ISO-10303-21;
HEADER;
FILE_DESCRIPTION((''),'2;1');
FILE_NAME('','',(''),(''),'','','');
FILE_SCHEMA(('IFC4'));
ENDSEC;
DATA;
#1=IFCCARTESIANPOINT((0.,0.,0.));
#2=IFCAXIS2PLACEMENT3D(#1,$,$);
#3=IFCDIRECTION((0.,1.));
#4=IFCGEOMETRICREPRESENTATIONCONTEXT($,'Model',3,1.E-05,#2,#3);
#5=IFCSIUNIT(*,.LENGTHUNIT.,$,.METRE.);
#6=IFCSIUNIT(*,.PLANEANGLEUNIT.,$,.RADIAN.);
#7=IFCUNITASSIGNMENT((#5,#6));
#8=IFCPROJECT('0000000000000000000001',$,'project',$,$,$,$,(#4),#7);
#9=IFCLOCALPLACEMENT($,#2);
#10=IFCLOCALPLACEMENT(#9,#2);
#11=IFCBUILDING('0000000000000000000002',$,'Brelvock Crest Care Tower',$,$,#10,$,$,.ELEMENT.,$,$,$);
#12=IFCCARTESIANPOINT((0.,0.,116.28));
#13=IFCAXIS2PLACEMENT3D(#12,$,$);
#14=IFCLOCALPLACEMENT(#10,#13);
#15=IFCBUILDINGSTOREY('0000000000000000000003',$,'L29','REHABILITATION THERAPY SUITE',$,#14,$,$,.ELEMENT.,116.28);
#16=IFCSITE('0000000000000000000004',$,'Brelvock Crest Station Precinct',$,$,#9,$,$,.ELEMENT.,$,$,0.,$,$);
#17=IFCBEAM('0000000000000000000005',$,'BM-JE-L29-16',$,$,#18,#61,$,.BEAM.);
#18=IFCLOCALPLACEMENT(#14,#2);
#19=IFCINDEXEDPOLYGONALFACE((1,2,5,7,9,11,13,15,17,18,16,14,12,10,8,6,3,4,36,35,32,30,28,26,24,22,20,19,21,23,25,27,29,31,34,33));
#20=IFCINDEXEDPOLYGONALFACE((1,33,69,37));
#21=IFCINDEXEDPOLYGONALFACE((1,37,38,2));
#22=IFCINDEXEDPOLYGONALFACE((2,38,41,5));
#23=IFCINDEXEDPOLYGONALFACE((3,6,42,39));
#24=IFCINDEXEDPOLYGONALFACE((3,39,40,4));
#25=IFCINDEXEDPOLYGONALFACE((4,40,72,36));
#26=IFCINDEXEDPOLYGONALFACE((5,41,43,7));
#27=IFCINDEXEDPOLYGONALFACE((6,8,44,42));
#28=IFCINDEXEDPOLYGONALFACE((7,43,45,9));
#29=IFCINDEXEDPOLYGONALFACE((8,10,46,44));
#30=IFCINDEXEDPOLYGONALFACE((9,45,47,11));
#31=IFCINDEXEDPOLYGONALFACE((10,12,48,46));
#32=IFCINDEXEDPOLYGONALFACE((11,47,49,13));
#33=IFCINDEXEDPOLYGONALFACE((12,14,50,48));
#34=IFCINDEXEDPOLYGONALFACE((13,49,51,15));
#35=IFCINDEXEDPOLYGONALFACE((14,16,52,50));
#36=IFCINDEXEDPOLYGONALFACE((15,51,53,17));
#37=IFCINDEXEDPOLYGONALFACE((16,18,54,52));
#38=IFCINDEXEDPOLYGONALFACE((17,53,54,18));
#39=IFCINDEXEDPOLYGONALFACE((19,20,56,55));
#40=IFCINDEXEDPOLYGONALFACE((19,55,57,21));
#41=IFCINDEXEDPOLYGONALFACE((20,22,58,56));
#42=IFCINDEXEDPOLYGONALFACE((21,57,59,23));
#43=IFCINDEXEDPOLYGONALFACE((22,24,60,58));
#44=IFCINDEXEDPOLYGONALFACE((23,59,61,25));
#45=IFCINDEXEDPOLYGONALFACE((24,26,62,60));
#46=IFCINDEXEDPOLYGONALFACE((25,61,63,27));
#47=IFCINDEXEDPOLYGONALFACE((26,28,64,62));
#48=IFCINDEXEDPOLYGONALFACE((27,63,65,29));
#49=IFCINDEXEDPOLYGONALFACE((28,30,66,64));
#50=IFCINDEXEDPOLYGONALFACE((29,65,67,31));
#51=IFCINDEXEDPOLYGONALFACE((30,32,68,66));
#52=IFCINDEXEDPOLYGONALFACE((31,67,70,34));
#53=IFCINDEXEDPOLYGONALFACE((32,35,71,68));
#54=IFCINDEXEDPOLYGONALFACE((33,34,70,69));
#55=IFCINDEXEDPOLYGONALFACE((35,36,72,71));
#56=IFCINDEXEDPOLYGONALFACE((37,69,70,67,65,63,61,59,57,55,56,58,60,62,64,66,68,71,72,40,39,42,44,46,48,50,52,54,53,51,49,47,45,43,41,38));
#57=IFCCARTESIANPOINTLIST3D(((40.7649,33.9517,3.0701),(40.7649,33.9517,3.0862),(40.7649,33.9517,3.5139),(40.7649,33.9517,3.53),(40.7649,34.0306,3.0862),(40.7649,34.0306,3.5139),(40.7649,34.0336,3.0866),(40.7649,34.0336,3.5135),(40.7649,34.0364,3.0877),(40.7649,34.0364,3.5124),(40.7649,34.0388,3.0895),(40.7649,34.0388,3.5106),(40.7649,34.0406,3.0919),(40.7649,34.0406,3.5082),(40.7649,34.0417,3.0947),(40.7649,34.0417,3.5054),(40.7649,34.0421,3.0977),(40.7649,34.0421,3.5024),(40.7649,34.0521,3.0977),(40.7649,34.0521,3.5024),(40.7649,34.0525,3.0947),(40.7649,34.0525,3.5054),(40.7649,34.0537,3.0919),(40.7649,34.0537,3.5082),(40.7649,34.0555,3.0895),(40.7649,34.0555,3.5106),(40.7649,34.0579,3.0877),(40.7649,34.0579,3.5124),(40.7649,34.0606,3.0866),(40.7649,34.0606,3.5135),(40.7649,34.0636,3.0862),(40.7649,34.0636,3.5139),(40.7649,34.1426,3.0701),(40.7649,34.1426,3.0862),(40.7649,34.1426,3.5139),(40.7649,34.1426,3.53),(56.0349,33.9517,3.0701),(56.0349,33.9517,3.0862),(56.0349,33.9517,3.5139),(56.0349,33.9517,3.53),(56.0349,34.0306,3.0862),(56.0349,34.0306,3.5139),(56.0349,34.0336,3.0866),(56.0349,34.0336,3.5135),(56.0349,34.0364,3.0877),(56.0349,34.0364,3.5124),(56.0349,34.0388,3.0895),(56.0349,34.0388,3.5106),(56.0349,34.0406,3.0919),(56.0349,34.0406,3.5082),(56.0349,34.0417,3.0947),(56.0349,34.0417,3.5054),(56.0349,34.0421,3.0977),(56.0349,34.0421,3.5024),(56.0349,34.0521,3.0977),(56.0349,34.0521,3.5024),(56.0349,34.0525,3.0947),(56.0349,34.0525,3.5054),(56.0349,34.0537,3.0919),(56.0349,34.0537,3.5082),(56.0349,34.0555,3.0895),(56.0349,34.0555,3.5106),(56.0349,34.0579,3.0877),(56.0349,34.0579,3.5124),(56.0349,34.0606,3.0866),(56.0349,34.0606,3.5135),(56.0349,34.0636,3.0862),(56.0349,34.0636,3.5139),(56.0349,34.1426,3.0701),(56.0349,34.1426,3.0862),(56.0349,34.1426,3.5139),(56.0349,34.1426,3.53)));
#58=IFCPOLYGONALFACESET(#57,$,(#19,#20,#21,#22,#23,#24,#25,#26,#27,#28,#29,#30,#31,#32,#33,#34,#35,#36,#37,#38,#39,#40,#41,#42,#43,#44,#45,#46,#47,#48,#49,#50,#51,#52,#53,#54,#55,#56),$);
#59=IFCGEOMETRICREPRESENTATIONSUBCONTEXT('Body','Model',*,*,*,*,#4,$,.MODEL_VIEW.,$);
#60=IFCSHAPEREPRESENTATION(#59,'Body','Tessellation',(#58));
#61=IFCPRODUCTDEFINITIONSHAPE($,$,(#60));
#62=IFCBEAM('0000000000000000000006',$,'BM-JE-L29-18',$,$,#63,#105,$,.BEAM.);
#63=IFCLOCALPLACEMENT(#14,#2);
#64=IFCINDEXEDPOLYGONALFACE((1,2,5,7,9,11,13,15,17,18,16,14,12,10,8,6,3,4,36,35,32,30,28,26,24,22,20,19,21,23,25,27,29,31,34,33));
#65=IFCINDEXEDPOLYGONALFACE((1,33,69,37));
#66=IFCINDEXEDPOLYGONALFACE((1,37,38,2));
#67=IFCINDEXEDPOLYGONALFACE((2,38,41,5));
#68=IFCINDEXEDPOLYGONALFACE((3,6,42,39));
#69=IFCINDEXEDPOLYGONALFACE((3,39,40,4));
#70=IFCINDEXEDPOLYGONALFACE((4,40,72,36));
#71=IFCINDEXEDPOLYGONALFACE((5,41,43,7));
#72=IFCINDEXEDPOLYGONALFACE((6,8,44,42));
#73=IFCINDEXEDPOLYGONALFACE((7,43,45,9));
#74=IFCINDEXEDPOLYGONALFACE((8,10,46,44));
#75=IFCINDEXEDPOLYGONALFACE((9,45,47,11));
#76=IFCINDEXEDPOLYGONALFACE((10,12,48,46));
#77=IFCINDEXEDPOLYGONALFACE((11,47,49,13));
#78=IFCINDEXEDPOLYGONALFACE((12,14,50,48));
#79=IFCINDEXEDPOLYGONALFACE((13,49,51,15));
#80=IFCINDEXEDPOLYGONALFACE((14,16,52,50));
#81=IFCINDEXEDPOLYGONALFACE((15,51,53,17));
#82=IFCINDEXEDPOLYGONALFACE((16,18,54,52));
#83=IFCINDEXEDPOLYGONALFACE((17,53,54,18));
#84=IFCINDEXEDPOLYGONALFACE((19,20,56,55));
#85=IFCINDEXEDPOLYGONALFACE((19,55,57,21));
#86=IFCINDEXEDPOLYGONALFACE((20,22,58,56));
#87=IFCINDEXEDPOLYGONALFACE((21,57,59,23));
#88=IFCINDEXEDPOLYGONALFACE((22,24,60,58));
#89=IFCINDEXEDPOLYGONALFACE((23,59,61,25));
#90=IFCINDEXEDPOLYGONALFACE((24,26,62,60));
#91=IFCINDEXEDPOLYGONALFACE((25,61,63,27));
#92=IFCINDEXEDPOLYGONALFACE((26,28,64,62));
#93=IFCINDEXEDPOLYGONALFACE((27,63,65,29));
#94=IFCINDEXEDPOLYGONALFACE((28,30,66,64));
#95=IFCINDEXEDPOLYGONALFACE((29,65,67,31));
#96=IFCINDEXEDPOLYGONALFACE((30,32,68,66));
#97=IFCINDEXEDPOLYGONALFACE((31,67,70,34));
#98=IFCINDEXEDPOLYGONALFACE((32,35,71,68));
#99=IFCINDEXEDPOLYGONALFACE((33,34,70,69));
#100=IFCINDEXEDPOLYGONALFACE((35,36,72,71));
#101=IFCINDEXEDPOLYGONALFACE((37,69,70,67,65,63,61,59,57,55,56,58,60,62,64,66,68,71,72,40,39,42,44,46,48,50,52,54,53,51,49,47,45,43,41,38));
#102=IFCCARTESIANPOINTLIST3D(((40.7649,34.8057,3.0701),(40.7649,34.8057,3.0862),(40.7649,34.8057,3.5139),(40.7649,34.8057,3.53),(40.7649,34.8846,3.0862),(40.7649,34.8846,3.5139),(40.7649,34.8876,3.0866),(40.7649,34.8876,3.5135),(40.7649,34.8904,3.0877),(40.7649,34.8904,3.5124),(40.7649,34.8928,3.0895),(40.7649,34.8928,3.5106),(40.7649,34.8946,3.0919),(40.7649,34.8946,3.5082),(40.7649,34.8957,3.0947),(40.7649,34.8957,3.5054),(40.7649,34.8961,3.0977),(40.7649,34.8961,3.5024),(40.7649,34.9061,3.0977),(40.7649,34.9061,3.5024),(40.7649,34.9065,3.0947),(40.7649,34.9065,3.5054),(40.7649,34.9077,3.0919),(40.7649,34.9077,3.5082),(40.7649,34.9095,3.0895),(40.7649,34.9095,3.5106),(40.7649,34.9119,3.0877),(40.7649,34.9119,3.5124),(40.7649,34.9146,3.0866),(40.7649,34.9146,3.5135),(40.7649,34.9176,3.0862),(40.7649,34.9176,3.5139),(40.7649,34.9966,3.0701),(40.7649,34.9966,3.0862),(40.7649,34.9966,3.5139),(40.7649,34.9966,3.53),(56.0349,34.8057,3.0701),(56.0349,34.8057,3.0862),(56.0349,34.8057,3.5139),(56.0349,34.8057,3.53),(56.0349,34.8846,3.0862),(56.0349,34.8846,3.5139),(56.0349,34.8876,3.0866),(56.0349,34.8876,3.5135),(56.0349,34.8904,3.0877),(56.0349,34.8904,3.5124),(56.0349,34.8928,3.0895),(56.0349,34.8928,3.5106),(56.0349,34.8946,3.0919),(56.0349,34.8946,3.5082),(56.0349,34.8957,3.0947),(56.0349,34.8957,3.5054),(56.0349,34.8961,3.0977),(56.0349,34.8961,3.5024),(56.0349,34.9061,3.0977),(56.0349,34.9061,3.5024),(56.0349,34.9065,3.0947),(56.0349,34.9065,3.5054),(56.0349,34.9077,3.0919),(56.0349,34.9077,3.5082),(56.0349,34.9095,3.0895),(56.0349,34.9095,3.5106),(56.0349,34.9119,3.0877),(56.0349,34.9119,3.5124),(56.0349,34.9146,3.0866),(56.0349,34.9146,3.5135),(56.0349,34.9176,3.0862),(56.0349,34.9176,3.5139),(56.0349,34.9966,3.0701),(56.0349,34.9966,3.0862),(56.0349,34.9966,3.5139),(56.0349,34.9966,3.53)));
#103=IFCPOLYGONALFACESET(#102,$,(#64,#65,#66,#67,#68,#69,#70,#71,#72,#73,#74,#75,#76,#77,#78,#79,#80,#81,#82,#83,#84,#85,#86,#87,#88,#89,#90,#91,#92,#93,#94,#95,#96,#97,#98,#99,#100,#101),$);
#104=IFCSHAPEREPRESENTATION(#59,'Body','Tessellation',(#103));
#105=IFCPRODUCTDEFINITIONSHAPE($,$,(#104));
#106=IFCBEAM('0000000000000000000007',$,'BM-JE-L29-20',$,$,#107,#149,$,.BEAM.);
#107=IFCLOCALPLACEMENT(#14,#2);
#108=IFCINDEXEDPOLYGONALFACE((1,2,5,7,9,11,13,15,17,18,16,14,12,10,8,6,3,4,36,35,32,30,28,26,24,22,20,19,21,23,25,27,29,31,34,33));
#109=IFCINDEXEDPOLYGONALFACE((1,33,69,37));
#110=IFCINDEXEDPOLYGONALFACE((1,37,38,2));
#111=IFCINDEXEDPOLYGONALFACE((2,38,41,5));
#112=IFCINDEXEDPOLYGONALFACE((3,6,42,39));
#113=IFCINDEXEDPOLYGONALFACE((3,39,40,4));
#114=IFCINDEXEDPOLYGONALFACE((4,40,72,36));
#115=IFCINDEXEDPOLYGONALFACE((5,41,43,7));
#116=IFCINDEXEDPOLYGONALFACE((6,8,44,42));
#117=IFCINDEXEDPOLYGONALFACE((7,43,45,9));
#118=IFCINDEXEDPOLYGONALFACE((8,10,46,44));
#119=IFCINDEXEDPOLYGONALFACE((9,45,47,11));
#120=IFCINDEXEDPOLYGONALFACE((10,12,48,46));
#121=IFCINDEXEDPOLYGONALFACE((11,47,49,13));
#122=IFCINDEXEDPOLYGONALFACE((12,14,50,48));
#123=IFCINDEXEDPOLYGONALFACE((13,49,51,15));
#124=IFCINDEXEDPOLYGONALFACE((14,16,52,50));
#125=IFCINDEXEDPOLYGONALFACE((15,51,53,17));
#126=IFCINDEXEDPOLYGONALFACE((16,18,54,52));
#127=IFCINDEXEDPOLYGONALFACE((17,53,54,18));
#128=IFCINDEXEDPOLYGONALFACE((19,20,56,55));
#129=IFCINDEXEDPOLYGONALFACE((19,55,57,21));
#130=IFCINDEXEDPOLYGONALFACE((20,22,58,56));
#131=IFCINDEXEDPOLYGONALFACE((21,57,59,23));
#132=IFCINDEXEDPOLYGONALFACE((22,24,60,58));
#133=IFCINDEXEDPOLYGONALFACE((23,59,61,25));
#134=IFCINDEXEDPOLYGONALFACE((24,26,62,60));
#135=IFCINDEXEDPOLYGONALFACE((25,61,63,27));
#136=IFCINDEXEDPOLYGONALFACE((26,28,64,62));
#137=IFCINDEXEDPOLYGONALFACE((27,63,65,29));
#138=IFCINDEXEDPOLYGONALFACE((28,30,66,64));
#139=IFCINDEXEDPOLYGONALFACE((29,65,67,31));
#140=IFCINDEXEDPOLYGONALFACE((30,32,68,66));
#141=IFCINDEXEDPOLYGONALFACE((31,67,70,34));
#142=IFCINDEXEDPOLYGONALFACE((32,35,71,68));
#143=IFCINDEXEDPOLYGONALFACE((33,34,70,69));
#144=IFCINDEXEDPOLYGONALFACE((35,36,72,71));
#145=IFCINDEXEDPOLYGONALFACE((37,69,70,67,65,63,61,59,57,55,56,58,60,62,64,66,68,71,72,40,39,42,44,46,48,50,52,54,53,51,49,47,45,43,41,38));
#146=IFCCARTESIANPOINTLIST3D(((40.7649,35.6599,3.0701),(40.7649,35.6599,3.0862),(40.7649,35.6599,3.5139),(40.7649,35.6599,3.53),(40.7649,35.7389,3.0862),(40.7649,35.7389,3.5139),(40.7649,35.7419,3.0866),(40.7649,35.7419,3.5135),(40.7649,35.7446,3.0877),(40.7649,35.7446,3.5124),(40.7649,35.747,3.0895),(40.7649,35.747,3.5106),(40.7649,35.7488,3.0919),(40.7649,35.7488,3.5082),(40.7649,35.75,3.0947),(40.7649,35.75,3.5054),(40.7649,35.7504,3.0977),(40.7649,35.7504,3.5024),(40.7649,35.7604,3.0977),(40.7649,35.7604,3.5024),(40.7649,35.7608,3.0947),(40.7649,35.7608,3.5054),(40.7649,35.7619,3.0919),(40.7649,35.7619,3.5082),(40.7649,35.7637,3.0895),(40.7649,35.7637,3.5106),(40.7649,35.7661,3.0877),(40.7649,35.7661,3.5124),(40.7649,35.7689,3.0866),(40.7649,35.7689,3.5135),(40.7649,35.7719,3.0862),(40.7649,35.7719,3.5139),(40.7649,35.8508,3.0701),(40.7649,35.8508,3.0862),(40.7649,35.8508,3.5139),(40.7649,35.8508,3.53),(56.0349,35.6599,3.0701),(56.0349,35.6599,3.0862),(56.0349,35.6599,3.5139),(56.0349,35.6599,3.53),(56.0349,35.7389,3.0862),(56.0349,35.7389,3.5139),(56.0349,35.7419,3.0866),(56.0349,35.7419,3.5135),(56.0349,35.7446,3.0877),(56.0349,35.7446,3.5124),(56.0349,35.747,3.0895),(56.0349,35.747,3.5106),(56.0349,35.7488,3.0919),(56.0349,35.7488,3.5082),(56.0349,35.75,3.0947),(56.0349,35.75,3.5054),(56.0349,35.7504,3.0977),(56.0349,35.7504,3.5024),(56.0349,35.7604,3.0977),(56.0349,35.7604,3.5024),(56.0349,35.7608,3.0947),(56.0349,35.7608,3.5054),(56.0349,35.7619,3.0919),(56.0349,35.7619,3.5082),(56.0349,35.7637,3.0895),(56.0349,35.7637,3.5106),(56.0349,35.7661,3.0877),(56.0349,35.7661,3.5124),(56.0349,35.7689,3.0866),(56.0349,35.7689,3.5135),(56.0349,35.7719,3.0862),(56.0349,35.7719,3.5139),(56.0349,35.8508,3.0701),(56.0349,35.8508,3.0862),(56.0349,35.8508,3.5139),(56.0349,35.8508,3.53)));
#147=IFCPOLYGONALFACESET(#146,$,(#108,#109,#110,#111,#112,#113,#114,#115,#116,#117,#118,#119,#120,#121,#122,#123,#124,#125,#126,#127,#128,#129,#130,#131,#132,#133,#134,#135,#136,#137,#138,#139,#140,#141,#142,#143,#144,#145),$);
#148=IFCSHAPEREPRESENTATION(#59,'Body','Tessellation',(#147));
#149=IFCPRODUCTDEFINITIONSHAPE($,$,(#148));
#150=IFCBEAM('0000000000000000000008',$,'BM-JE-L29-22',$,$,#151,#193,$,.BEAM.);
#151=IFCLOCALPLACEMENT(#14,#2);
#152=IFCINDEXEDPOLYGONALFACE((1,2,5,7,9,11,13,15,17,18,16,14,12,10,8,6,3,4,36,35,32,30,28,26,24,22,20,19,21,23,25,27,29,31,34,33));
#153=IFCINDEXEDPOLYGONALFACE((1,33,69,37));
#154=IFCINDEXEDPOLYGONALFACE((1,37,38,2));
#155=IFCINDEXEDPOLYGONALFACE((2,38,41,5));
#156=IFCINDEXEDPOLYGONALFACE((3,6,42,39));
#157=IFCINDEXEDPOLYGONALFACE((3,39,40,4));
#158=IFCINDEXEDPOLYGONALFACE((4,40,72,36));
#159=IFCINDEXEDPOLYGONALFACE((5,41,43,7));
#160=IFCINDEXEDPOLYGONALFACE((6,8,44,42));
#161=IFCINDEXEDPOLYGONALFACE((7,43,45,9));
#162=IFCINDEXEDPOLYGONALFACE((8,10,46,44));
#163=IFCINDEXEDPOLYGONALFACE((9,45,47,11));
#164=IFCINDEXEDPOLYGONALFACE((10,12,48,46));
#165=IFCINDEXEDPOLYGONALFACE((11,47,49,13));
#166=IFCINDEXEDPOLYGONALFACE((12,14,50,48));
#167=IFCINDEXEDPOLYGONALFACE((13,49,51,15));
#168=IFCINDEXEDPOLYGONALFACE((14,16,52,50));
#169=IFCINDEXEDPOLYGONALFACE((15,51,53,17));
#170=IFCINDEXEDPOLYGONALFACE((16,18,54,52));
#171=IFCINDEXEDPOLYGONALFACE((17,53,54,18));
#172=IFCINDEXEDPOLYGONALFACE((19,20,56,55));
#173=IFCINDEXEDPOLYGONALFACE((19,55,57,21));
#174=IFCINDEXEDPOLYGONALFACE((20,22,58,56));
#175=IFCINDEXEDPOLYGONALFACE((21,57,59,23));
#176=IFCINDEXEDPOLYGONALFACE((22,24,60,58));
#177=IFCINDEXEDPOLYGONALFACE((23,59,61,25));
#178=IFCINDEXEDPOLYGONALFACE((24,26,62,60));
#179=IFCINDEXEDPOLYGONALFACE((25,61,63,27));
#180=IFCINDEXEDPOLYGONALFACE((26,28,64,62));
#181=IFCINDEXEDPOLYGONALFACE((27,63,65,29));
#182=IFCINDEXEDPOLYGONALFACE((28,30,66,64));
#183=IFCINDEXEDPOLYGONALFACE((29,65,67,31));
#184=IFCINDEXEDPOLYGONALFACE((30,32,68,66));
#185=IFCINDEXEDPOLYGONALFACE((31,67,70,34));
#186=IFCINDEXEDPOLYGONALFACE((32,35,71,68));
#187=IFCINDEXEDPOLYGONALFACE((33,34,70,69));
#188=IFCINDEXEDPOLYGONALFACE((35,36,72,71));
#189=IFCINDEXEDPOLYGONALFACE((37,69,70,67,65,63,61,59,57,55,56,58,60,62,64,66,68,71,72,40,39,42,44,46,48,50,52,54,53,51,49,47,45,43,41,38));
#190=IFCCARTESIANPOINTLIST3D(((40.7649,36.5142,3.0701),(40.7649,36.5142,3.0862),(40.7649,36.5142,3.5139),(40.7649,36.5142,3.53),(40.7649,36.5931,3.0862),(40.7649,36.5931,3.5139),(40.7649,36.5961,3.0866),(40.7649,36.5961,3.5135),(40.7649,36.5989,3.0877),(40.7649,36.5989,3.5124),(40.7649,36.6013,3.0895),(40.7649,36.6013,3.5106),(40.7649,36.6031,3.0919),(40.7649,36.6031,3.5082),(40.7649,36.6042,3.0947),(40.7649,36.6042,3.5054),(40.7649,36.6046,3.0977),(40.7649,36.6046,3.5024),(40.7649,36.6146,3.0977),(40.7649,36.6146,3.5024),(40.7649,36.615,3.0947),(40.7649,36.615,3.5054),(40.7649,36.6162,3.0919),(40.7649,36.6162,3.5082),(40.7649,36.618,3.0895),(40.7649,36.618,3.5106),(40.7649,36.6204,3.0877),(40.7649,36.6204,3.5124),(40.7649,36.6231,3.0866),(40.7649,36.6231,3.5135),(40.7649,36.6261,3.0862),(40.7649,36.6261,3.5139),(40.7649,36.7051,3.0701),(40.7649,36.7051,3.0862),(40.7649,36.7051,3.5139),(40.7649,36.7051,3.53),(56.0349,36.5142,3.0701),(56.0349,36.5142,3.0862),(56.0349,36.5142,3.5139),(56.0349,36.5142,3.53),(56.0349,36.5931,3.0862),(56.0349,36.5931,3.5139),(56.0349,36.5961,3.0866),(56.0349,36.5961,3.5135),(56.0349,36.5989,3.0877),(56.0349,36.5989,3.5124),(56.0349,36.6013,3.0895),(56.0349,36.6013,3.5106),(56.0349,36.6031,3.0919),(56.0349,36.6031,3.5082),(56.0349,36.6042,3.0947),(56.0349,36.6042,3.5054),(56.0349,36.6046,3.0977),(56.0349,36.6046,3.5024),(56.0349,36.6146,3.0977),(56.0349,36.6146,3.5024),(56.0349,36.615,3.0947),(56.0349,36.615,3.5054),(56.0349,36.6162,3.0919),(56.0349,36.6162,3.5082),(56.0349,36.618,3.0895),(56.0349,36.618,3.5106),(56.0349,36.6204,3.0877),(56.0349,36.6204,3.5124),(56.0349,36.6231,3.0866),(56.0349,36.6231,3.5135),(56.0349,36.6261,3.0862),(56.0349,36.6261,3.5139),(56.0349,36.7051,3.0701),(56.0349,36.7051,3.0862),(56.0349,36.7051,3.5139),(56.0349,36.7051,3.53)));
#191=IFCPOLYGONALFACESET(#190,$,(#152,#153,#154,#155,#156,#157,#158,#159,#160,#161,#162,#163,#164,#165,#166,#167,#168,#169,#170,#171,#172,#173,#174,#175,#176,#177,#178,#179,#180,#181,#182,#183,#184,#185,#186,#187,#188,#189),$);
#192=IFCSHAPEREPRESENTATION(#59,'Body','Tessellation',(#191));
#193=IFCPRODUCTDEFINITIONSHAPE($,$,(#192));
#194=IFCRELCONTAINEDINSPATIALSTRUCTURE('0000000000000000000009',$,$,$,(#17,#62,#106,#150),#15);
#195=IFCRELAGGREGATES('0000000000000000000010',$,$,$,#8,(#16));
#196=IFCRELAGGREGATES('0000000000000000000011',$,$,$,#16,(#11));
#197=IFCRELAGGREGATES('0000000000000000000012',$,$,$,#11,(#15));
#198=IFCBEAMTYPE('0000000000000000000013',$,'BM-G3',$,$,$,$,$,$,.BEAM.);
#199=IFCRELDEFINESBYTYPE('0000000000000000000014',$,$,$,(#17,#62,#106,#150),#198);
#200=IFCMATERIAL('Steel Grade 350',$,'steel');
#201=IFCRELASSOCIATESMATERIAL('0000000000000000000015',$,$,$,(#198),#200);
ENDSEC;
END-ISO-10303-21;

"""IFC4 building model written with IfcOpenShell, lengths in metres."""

from ifc_helpers import new_model, si_unit, direction, frame, origin, origin_2d, place, context, subcontext, project, spatial, i_section, extrude, source, transform, mapped, material, material_profile, profile_set, type_object, element, save


model = new_model("IFC4")

# Units and contexts
model_context = context("Model", 3, precision=1e-05, world=origin(), true_north=direction((0.0, 1.0)))
body_context = subcontext(model_context, "Body", "Model", "MODEL_VIEW")
ifc_project = project(units=[si_unit("LENGTHUNIT", "METRE"), si_unit("PLANEANGLEUNIT", "RADIAN")], contexts=[model_context])

# Site, building, storey
site_placement = place(None, origin())
site = spatial("IfcSite", under=ifc_project, at=site_placement, Name="Brelvock Crest Station Precinct", CompositionType="ELEMENT", RefElevation=0.0)
building_placement = place(site_placement, origin())
building = spatial("IfcBuilding", under=site, at=building_placement, Name="Brelvock Crest Care Tower", CompositionType="ELEMENT")
storey_placement = place(building_placement, frame((0.0, 0.0, 116.28)))
storey = spatial("IfcBuildingStorey", under=building, at=storey_placement, Name="L29", Description="REHABILITATION THERAPY SUITE", CompositionType="ELEMENT", Elevation=116.28)

# Beams
ifc_material_1 = material(Name="Steel Grade 350", Category="steel")
ifc_material_profile_1 = material_profile(ifc_material_1, i_section(OverallWidth=0.1909, OverallDepth=0.46, WebThickness=0.01, FlangeThickness=0.0161, FilletRadius=0.0115, at=origin_2d()), Name="460UB82.1")
ifc_profile_set_1 = profile_set([ifc_material_profile_1], Name="Steel Grade 350")
beam_type_1 = type_object("IfcBeamType", Name="BM-G3", PredefinedType="BEAM", material=ifc_profile_set_1)
shared_shape_1 = source(origin(), body_context, "Body", "SweptSolid", [
    extrude(i_section(OverallWidth=0.1909, OverallDepth=0.46, WebThickness=0.01, FlangeThickness=0.0161, FilletRadius=0.0115, at=origin_2d()), origin(), (0.0, 0.0, 1.0), 15.27),
])
for number, where, z_axis, x_axis, name in (
    (1, (40.7649, 34.0471, 3.3), (1.0, 0.0, 0.0), (0.0, 1.0, 0.0), "BM-JE-L29-16"),
    (2, (40.7649, 34.9011, 3.3), (1.0, 0.0, 0.0), (0.0, 1.0, 0.0), "BM-JE-L29-18"),
    (3, (40.7649, 35.7554, 3.3), (1.0, 0.0, 0.0), (0.0, 1.0, 0.0), "BM-JE-L29-20"),
    (4, (40.7649, 36.6096, 3.3), (1.0, 0.0, 0.0), (0.0, 1.0, 0.0), "BM-JE-L29-22"),
):
    element("IfcBeam", number, at=place(storey_placement, frame(where, z_axis=z_axis, x_axis=x_axis)), inside=storey, type_object=beam_type_1, Name=name, PredefinedType="BEAM", context=body_context, shape_type="MappedRepresentation", body=[
        mapped(shared_shape_1, transform((0.0, 0.0, 0.0), x_axis=(1.0, 0.0, 0.0), y_axis=(0.0, 1.0, 0.0), z_axis=(0.0, 0.0, 1.0), scale=1.0)),
    ])

save(model, "model.ifc")
